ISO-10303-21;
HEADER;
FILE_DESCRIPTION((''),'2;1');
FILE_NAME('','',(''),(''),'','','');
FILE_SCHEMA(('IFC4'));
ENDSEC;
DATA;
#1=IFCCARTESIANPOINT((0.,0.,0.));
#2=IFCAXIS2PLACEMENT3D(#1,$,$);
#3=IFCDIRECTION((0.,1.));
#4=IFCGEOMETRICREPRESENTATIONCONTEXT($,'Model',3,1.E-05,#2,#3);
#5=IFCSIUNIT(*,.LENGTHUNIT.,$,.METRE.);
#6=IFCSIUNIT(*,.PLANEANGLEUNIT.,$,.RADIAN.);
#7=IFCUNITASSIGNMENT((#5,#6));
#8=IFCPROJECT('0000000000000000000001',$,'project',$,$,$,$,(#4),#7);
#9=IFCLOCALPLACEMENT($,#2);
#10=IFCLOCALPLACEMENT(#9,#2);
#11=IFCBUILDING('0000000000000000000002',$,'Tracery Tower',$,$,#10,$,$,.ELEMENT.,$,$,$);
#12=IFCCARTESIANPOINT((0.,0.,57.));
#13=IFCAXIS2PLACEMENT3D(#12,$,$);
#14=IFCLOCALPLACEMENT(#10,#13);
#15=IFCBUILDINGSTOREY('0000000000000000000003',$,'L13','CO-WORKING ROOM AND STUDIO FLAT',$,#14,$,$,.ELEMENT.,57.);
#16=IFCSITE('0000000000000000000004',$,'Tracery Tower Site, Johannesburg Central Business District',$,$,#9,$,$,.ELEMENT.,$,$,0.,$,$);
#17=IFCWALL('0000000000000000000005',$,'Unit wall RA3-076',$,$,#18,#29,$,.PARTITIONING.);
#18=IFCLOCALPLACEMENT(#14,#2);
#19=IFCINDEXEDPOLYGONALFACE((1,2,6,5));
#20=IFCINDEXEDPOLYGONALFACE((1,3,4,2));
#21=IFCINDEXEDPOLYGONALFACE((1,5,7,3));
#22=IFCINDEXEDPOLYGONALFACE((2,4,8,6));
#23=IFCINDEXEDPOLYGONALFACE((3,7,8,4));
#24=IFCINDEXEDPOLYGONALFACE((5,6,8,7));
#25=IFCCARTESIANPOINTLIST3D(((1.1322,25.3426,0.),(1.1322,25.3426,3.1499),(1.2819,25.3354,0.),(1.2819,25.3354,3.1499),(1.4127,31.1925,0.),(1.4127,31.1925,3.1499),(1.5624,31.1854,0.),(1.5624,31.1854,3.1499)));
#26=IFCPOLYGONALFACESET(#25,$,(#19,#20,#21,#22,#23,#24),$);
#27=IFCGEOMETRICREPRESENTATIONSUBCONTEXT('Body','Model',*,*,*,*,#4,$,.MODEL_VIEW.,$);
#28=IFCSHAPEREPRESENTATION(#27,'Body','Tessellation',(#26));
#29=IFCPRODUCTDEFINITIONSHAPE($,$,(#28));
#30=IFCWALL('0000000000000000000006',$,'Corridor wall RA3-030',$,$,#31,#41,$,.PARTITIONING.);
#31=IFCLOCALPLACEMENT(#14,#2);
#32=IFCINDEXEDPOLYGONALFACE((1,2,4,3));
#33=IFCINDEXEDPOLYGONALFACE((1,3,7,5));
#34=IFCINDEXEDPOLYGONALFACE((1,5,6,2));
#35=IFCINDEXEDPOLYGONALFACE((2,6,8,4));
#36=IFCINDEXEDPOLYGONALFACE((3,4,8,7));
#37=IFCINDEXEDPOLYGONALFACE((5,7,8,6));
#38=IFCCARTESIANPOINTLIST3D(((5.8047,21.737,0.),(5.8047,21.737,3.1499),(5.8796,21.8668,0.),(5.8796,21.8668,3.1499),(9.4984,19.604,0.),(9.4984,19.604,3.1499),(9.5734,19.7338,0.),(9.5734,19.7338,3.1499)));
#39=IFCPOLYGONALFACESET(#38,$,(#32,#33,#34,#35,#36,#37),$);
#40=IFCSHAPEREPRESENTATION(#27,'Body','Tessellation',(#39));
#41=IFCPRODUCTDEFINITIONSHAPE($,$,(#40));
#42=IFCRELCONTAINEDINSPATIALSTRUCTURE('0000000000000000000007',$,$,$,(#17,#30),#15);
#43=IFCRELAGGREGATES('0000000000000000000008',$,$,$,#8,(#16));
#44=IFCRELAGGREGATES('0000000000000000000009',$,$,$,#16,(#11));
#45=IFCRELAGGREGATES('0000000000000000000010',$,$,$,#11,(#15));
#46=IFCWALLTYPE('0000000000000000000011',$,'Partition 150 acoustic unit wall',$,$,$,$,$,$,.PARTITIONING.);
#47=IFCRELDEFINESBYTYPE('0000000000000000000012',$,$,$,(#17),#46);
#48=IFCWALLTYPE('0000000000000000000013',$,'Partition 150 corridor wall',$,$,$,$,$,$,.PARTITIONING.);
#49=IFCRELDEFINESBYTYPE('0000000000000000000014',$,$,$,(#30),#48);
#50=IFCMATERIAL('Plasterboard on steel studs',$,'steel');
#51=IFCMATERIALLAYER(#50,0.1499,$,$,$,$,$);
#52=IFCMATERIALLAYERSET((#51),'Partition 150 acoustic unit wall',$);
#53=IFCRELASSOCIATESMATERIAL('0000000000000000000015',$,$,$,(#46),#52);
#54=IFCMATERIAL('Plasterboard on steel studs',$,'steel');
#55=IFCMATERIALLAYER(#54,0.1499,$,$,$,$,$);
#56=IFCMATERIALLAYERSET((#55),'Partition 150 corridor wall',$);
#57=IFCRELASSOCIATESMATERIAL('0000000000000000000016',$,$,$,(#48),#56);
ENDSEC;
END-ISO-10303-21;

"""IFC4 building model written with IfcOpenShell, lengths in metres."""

from ifc_helpers import new_model, si_unit, direction, frame, frame_2d, origin, place, context, subcontext, project, spatial, rectangle, extrude, material, layer, layer_set, type_object, element, save


model = new_model("IFC4")

# Units and contexts
model_context = context("Model", 3, precision=1e-05, world=origin(), true_north=direction((0.0, 1.0)))
body_context = subcontext(model_context, "Body", "Model", "MODEL_VIEW")
ifc_project = project(units=[si_unit("LENGTHUNIT", "METRE"), si_unit("PLANEANGLEUNIT", "RADIAN")], contexts=[model_context])

# Site, building, storey
site_placement = place(None, origin())
site = spatial("IfcSite", under=ifc_project, at=site_placement, Name="Tracery Tower Site, Johannesburg Central Business District", CompositionType="ELEMENT", RefElevation=0.0)
building_placement = place(site_placement, origin())
building = spatial("IfcBuilding", under=site, at=building_placement, Name="Tracery Tower", CompositionType="ELEMENT")
storey_placement = place(building_placement, frame((0.0, 0.0, 57.0)))
storey = spatial("IfcBuildingStorey", under=building, at=storey_placement, Name="L13", Description="CO-WORKING ROOM AND STUDIO FLAT", CompositionType="ELEMENT", Elevation=57.0)

# Walls
ifc_material_1 = material(Name="Plasterboard on steel studs", Category="steel")
ifc_layer_1 = layer(ifc_material_1, 0.1499)
ifc_layer_set_1 = layer_set([ifc_layer_1], Name="Partition 150 acoustic unit wall")
wall_type_1 = type_object("IfcWallType", Name="Partition 150 acoustic unit wall", PredefinedType="PARTITIONING", material=ifc_layer_set_1)
wall_1_placement = place(storey_placement, frame((1.207, 25.3391, 0.0), z_axis=(0.0, 0.0, 1.0), x_axis=(0.047898, 0.998852, 0.0)))
element("IfcWall", 1, at=wall_1_placement, inside=storey, type_object=wall_type_1, Name="Unit wall RA3-076", PredefinedType="PARTITIONING", context=body_context, shape_type="SweptSolid", body=[
    extrude(rectangle(XDim=5.8567, YDim=0.1499, at=frame_2d((2.9282, 0.0))), origin(), (0.0, 0.0, 1.0), 3.1499),
])
ifc_material_2 = material(Name="Plasterboard on steel studs", Category="steel")
ifc_layer_2 = layer(ifc_material_2, 0.1499)
ifc_layer_set_2 = layer_set([ifc_layer_2], Name="Partition 150 corridor wall")
wall_type_2 = type_object("IfcWallType", Name="Partition 150 corridor wall", PredefinedType="PARTITIONING", material=ifc_layer_set_2)
wall_2_placement = place(storey_placement, frame((5.842, 21.802, 0.0), z_axis=(0.0, 0.0, 1.0), x_axis=(0.865984, -0.500073, 0.0)))
element("IfcWall", 2, at=wall_2_placement, inside=storey, type_object=wall_type_2, Name="Corridor wall RA3-030", PredefinedType="PARTITIONING", context=body_context, shape_type="SweptSolid", body=[
    extrude(rectangle(XDim=4.2654, YDim=0.1499, at=frame_2d((2.1328, 0.0))), origin(), (0.0, 0.0, 1.0), 3.1499),
])

save(model, "model.ifc")
